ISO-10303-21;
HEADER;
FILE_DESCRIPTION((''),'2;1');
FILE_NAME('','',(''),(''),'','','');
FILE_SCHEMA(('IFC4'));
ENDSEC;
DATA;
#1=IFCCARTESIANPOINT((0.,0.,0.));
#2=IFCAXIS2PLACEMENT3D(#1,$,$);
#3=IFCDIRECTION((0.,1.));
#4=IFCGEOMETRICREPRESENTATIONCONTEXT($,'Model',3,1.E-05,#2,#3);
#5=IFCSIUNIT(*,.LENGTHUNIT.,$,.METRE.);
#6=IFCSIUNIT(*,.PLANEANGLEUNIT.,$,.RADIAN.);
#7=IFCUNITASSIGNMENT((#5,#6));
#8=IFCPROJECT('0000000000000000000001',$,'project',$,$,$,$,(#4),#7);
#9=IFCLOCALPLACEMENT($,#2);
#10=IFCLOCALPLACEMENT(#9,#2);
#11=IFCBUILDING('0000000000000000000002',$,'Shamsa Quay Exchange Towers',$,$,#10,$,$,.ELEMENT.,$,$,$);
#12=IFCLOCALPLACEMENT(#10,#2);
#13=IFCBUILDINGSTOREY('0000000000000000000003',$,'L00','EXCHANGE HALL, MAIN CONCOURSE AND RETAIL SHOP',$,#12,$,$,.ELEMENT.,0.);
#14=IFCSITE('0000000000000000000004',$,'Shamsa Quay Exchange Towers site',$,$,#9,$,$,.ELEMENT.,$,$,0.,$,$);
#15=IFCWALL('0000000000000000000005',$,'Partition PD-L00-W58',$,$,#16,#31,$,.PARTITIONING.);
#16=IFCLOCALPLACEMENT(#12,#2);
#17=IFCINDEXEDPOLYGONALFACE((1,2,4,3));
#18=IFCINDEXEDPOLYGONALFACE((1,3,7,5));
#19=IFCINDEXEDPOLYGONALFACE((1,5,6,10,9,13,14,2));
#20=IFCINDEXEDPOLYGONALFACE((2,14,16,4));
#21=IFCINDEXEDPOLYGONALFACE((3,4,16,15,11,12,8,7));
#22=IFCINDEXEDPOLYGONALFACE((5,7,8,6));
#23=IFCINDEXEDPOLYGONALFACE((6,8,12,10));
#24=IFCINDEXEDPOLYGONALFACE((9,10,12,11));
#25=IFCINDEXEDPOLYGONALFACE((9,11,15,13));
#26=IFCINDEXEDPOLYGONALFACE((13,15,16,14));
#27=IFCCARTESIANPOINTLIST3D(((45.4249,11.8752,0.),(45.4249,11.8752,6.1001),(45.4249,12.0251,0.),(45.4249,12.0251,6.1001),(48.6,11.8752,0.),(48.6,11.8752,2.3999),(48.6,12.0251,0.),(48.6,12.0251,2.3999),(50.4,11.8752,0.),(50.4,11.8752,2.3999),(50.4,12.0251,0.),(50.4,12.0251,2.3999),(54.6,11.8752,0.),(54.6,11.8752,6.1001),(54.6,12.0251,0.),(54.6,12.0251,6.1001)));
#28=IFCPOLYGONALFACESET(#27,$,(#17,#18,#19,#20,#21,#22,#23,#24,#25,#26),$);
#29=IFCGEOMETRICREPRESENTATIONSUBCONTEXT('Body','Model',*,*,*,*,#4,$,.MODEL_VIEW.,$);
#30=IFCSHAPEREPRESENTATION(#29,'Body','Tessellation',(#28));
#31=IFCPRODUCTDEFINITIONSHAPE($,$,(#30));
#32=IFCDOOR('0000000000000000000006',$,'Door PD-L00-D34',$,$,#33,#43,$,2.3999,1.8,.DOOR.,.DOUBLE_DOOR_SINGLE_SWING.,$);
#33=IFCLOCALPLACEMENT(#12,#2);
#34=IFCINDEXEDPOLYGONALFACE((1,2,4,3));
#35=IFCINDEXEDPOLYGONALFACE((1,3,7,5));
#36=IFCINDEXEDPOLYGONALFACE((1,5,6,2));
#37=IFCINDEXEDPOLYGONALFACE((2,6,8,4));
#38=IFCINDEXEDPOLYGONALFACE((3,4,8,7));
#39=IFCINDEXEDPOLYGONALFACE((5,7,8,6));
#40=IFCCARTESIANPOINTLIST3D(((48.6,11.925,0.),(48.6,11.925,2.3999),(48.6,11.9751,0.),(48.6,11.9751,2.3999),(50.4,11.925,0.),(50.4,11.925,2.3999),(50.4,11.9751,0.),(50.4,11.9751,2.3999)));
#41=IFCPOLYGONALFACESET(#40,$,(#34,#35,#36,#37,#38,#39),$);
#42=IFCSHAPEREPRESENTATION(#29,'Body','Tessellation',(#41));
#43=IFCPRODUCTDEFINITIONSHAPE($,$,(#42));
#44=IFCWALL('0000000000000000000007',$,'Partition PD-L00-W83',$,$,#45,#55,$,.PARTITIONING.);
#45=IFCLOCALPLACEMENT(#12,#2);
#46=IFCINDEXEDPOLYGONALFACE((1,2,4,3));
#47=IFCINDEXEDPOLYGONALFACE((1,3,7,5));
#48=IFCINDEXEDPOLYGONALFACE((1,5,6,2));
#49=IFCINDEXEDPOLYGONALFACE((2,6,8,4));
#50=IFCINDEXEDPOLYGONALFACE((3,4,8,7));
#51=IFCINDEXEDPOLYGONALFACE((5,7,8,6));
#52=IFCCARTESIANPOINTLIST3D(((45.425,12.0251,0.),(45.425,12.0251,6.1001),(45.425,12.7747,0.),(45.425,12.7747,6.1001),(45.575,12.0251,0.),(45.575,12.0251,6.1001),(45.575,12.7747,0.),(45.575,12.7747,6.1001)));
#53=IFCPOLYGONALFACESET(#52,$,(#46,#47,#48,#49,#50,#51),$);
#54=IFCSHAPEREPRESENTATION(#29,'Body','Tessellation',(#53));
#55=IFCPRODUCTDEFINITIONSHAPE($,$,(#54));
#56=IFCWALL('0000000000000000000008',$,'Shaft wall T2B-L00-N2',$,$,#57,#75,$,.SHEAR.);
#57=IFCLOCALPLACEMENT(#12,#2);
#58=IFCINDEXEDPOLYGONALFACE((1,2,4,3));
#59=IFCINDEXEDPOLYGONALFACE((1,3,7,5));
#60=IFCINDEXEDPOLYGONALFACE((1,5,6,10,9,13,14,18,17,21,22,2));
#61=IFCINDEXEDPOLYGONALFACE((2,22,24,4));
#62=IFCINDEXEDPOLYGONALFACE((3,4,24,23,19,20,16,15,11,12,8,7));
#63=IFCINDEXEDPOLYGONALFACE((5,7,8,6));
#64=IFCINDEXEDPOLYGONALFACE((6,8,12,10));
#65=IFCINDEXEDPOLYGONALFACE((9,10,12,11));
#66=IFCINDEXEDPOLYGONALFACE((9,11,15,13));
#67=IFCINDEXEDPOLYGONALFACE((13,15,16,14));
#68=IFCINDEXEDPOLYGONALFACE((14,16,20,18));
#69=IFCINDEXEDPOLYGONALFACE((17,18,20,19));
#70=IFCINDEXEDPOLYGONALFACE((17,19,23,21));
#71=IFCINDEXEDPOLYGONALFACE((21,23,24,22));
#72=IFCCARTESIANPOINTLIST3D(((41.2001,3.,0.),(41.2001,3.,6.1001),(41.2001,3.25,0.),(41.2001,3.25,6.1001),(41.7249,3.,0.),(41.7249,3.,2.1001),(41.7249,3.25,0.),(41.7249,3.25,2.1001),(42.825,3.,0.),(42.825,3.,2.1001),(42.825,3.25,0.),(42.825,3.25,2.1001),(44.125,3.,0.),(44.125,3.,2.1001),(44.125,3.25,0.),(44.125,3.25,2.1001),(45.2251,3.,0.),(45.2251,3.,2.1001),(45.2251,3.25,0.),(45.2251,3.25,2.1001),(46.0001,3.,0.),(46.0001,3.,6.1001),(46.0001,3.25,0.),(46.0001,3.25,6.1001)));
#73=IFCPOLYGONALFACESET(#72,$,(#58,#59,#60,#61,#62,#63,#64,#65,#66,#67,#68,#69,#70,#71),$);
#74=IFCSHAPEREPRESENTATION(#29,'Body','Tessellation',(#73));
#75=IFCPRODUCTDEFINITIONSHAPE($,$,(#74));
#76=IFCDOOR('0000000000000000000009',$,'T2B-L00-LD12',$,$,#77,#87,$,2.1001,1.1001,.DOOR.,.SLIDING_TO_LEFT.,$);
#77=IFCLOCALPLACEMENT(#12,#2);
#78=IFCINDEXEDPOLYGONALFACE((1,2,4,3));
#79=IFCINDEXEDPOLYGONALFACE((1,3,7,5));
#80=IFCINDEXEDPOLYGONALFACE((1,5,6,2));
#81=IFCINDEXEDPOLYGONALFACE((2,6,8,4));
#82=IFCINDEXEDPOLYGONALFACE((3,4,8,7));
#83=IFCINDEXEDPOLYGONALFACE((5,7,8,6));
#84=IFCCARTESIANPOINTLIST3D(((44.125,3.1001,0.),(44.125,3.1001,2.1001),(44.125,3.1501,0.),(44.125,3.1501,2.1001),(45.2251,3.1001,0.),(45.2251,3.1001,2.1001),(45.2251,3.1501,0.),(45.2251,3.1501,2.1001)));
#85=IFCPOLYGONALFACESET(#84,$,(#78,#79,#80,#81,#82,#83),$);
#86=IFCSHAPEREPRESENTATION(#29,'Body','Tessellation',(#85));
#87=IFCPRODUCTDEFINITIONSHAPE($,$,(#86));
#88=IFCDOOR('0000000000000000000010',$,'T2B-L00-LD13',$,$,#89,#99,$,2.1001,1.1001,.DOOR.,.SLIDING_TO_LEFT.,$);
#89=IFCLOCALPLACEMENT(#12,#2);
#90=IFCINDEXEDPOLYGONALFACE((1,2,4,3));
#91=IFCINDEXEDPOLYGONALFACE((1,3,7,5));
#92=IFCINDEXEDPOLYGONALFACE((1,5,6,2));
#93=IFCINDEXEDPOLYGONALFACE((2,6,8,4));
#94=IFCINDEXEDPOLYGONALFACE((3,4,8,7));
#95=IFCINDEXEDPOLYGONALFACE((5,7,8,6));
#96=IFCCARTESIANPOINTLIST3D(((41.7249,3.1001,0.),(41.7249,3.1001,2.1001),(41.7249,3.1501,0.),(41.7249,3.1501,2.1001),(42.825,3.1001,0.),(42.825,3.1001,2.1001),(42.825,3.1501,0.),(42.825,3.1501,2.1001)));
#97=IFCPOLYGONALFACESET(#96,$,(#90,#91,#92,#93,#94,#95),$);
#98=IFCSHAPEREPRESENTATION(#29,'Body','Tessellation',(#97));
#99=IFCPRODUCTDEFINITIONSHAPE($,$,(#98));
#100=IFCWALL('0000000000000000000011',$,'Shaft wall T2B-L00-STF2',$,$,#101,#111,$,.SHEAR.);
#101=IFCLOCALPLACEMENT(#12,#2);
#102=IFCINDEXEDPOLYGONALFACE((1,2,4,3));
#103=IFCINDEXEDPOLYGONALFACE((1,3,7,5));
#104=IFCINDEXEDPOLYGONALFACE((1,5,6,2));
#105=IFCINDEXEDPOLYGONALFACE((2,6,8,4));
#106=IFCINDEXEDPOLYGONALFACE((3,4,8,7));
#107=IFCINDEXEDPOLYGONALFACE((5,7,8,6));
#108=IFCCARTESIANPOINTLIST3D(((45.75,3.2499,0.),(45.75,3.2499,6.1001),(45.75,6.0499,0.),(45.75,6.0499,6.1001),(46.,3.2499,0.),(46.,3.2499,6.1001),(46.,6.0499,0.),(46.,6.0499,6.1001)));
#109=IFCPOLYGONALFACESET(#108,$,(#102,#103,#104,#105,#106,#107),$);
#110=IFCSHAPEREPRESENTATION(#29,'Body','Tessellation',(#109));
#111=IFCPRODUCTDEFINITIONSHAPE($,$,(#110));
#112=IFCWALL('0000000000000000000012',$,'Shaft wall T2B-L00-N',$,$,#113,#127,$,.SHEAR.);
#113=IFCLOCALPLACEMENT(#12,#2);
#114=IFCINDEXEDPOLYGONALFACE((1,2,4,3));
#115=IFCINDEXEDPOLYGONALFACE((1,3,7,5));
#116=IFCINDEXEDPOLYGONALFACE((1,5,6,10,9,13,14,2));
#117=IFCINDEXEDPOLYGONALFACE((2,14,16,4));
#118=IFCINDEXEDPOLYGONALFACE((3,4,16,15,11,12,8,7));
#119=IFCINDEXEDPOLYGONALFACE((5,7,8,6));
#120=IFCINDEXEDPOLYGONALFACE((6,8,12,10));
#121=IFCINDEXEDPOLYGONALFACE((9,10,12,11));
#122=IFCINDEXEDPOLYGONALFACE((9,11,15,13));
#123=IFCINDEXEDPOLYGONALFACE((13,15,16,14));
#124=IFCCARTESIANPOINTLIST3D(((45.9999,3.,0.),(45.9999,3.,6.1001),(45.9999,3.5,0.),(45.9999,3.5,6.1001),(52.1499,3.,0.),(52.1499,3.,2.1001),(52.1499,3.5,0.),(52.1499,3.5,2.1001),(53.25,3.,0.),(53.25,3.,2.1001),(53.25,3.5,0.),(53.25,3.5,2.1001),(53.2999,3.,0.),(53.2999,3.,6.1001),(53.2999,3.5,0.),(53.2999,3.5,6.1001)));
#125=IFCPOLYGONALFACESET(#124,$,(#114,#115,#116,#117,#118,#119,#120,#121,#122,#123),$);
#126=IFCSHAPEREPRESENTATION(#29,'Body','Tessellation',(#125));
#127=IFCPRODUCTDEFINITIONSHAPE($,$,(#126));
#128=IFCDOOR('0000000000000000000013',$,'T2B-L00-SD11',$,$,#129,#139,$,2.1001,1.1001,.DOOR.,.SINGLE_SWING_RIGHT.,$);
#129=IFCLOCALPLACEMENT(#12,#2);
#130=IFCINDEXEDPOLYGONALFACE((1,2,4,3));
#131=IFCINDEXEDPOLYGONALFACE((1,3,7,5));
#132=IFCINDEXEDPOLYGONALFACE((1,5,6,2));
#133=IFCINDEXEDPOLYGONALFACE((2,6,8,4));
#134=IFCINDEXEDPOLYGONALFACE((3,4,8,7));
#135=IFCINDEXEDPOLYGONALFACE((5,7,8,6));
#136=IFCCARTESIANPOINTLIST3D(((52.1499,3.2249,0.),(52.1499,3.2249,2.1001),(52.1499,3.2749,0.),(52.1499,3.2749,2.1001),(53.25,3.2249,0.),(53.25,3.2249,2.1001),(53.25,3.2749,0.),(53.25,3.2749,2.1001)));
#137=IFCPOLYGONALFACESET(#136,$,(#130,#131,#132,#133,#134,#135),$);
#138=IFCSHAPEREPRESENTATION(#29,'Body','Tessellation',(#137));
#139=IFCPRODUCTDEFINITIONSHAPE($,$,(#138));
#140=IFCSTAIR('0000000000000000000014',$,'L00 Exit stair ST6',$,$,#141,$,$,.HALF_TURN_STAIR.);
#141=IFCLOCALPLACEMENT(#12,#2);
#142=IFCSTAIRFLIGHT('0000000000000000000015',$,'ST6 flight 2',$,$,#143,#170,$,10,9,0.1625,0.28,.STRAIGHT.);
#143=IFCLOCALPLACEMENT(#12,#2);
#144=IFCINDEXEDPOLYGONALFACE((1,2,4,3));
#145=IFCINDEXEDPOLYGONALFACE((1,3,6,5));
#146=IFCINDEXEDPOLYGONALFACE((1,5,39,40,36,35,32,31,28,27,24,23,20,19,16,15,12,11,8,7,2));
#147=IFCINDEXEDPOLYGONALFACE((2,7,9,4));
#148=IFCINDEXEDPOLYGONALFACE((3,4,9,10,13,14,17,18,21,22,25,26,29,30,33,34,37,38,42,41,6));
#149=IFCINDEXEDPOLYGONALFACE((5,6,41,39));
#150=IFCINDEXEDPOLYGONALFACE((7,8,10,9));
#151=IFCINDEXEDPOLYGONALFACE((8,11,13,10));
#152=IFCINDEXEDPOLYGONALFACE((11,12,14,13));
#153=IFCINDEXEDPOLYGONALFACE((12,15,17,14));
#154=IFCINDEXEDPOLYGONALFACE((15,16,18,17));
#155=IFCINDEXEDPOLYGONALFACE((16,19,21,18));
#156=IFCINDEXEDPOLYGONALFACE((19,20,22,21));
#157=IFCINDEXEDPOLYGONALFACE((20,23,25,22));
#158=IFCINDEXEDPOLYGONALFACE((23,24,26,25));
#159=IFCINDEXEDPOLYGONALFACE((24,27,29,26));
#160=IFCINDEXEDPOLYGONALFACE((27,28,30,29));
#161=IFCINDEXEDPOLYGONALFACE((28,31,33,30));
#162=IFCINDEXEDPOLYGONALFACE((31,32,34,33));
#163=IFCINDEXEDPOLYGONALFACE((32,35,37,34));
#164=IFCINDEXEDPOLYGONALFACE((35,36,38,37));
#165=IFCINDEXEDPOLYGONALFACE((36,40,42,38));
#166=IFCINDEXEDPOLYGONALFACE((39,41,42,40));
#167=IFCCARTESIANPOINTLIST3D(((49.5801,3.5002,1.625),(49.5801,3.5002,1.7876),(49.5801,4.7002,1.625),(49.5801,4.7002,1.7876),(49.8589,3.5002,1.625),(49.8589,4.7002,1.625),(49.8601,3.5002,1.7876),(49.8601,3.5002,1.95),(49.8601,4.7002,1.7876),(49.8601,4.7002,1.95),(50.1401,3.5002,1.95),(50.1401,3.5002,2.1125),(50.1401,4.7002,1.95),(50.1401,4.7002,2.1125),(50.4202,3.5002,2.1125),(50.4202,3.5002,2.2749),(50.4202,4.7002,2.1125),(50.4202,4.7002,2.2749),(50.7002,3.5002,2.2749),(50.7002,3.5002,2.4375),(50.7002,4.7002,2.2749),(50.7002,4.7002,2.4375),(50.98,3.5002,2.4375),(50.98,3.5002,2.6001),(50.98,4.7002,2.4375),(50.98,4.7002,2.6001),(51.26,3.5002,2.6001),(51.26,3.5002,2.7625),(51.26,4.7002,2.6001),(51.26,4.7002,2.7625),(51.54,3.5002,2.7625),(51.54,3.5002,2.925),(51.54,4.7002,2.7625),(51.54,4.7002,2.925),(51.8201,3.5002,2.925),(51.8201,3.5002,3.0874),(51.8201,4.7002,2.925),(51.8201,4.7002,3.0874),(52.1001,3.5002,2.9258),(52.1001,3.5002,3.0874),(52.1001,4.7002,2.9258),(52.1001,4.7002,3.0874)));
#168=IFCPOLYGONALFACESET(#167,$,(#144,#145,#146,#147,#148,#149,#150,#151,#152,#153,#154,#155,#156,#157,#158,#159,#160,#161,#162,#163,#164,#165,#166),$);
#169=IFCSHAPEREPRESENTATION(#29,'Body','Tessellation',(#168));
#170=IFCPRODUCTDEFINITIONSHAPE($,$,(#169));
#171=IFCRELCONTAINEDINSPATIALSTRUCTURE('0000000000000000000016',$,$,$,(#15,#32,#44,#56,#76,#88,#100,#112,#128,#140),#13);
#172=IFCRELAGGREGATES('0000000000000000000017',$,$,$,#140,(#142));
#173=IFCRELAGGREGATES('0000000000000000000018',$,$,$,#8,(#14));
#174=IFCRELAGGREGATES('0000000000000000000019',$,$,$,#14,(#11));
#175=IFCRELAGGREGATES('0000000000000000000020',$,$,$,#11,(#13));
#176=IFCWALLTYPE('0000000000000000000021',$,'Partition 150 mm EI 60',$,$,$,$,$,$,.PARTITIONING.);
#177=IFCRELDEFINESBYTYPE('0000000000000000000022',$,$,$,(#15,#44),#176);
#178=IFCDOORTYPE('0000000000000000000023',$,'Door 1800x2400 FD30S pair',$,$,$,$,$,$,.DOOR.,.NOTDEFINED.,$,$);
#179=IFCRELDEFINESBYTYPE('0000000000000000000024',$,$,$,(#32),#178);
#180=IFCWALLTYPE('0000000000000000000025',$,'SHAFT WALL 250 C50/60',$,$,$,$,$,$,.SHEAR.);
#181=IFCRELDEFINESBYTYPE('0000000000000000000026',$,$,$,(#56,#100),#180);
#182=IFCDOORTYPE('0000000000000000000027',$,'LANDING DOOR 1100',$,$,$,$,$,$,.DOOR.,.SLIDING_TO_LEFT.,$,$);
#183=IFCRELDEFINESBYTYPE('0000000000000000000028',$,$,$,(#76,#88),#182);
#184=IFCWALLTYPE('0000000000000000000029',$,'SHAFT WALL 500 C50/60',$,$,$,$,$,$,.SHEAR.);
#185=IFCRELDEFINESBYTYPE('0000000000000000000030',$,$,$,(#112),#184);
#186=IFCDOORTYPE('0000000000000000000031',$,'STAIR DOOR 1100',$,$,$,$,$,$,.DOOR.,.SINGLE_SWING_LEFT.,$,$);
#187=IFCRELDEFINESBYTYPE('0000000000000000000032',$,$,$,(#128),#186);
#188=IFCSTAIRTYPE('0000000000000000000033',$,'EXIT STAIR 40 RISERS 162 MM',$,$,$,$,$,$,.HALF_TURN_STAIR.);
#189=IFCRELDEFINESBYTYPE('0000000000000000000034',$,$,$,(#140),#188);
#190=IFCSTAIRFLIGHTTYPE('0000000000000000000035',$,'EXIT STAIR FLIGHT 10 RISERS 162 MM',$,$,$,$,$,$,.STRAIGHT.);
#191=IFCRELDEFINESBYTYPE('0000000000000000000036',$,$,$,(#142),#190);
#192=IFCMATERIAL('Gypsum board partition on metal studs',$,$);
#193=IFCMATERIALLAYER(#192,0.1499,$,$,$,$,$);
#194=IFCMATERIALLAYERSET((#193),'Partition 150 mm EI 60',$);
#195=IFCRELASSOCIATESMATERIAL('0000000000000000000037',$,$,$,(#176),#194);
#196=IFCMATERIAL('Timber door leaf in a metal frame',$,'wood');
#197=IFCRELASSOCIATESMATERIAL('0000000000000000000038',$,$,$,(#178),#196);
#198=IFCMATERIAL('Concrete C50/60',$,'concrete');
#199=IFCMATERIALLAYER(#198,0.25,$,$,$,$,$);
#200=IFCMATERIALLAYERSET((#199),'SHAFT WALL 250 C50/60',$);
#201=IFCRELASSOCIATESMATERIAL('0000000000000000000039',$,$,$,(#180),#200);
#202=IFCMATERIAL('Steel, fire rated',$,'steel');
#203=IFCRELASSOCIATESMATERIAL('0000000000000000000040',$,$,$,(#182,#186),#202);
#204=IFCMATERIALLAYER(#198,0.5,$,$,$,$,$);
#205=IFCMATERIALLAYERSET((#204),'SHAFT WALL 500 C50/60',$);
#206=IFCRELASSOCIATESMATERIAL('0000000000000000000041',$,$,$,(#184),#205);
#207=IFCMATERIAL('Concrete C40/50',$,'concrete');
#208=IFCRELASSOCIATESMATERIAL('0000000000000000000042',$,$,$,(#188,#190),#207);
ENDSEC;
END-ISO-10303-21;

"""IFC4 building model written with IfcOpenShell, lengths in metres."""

from ifc_helpers import new_model, si_unit, direction, frame, frame_2d, origin, place, context, subcontext, project, spatial, polyline, rectangle, outline, extrude, material, layer, layer_set, type_object, element, fill, aggregate, save


model = new_model("IFC4")

# Units and contexts
model_context = context("Model", 3, precision=1e-05, world=origin(), true_north=direction((0.0, 1.0)))
body_context = subcontext(model_context, "Body", "Model", "MODEL_VIEW")
ifc_project = project(units=[si_unit("LENGTHUNIT", "METRE"), si_unit("PLANEANGLEUNIT", "RADIAN")], contexts=[model_context])

# Site, building, storey
site_placement = place(None, origin())
site = spatial("IfcSite", under=ifc_project, at=site_placement, Name="Shamsa Quay Exchange Towers site", CompositionType="ELEMENT", RefElevation=0.0)
building_placement = place(site_placement, origin())
building = spatial("IfcBuilding", under=site, at=building_placement, Name="Shamsa Quay Exchange Towers", CompositionType="ELEMENT")
storey_placement = place(building_placement, origin())
storey = spatial("IfcBuildingStorey", under=building, at=storey_placement, Name="L00", Description="EXCHANGE HALL, MAIN CONCOURSE AND RETAIL SHOP", CompositionType="ELEMENT", Elevation=0.0)

# Shared definitions
ifc_material_1 = material(Name="Concrete C40/50", Category="concrete")

# Wall, opening, door
ifc_material_2 = material(Name="Gypsum board partition on metal studs")
ifc_layer_1 = layer(ifc_material_2, 0.1499)
ifc_layer_set_1 = layer_set([ifc_layer_1], Name="Partition 150 mm EI 60")
wall_type_1 = type_object("IfcWallType", Name="Partition 150 mm EI 60", PredefinedType="PARTITIONING", material=ifc_layer_set_1)
wall_1_placement = place(storey_placement, frame((45.425, 11.9502, 0.0)))
wall_1 = element("IfcWall", 1, at=wall_1_placement, inside=storey, type_object=wall_type_1, Name="Partition PD-L00-W58", PredefinedType="PARTITIONING", context=body_context, shape_type="SweptSolid", body=[
    extrude(rectangle(XDim=9.175, YDim=0.1499, at=frame_2d((4.5874, 0.0))), origin(), (0.0, 0.0, 1.0), 6.1001),
])
opening_1_placement = place(wall_1_placement, frame((3.175, 0.0, 0.0)))
opening_1 = element("IfcOpeningElement", 2, at=opening_1_placement, cuts=wall_1, PredefinedType="OPENING", context=body_context, shape_type="SweptSolid", body=[
    extrude(rectangle(XDim=1.8, YDim=2.3999, at=frame_2d((0.8999, 1.2))), frame((0.0, 0.085, 0.0), z_axis=(0.0, -1.0, 0.0), x_axis=(1.0, 0.0, 0.0)), (0.0, 0.0, 1.0), 0.1699),
])
ifc_material_3 = material(Name="Timber door leaf in a metal frame", Category="wood")
door_type_1 = type_object("IfcDoorType", Name="Door 1800x2400 FD30S pair", OperationType="NOTDEFINED", PredefinedType="DOOR", material=ifc_material_3)
door_1_placement = place(opening_1_placement, origin())
door_1 = element("IfcDoor", 3, at=door_1_placement, inside=storey, type_object=door_type_1, Name="Door PD-L00-D34", OperationType="DOUBLE_DOOR_SINGLE_SWING", OverallHeight=2.3999, OverallWidth=1.8, PredefinedType="DOOR", context=body_context, shape_type="SweptSolid", body=[
    extrude(rectangle(XDim=1.8, YDim=2.3999, at=frame_2d((0.8999, 1.2))), frame((0.0, 0.0249, 0.0), z_axis=(0.0, -1.0, 0.0), x_axis=(1.0, 0.0, 0.0)), (0.0, 0.0, 1.0), 0.05),
])
fill(opening_1, door_1)

# Wall
wall_2_placement = place(storey_placement, frame((45.5, 12.7747, 0.0), z_axis=(0.0, 0.0, 1.0), x_axis=(0.0, -1.0, 0.0)))
element("IfcWall", 4, at=wall_2_placement, inside=storey, type_object=wall_type_1, Name="Partition PD-L00-W83", PredefinedType="PARTITIONING", context=body_context, shape_type="SweptSolid", body=[
    extrude(rectangle(XDim=0.7495, YDim=0.1499, at=frame_2d((0.3748, 0.0))), origin(), (0.0, 0.0, 1.0), 6.1001),
])

# Wall, openings, doors
ifc_material_4 = material(Name="Concrete C50/60", Category="concrete")
ifc_layer_2 = layer(ifc_material_4, 0.25)
ifc_layer_set_2 = layer_set([ifc_layer_2], Name="SHAFT WALL 250 C50/60")
wall_type_2 = type_object("IfcWallType", Name="SHAFT WALL 250 C50/60", PredefinedType="SHEAR", material=ifc_layer_set_2)
wall_3_placement = place(storey_placement, frame((46.0, 3.125, 0.0), z_axis=(0.0, 0.0, 1.0), x_axis=(-1.0, 0.0, 0.0)))
wall_3 = element("IfcWall", 5, at=wall_3_placement, inside=storey, type_object=wall_type_2, Name="Shaft wall T2B-L00-N2", PredefinedType="SHEAR", context=body_context, shape_type="SweptSolid", body=[
    extrude(rectangle(XDim=4.8, YDim=0.25, at=frame_2d((2.3999, 0.0))), origin(), (0.0, 0.0, 1.0), 6.1001),
])
opening_2_placement = place(wall_3_placement, frame((0.7749, 0.0, 0.0)))
opening_2 = element("IfcOpeningElement", 6, at=opening_2_placement, cuts=wall_3, PredefinedType="OPENING", context=body_context, shape_type="SweptSolid", body=[
    extrude(rectangle(XDim=1.1001, YDim=2.1001, at=frame_2d((0.55, 1.05))), frame((0.0, 0.135, 0.0), z_axis=(0.0, -1.0, 0.0), x_axis=(1.0, 0.0, 0.0)), (0.0, 0.0, 1.0), 0.27),
])
opening_3_placement = place(wall_3_placement, frame((3.175, 0.0, 0.0)))
opening_3 = element("IfcOpeningElement", 7, at=opening_3_placement, cuts=wall_3, PredefinedType="OPENING", context=body_context, shape_type="SweptSolid", body=[
    extrude(rectangle(XDim=1.1001, YDim=2.1001, at=frame_2d((0.55, 1.05))), frame((0.0, 0.135, 0.0), z_axis=(0.0, -1.0, 0.0), x_axis=(1.0, 0.0, 0.0)), (0.0, 0.0, 1.0), 0.27),
])
ifc_material_5 = material(Name="Steel, fire rated", Category="steel")
door_type_2 = type_object("IfcDoorType", Name="LANDING DOOR 1100", OperationType="SLIDING_TO_LEFT", PredefinedType="DOOR", material=ifc_material_5)
door_2_placement = place(opening_2_placement, origin())
door_2 = element("IfcDoor", 8, at=door_2_placement, inside=storey, type_object=door_type_2, Name="T2B-L00-LD12", OperationType="SLIDING_TO_LEFT", OverallHeight=2.1001, OverallWidth=1.1001, PredefinedType="DOOR", context=body_context, shape_type="SweptSolid", body=[
    extrude(rectangle(XDim=1.1001, YDim=2.1001, at=frame_2d((0.55, 1.05))), frame((0.0, 0.0249, 0.0), z_axis=(0.0, -1.0, 0.0), x_axis=(1.0, 0.0, 0.0)), (0.0, 0.0, 1.0), 0.05),
])
fill(opening_2, door_2)
door_3_placement = place(opening_3_placement, origin())
door_3 = element("IfcDoor", 9, at=door_3_placement, inside=storey, type_object=door_type_2, Name="T2B-L00-LD13", OperationType="SLIDING_TO_LEFT", OverallHeight=2.1001, OverallWidth=1.1001, PredefinedType="DOOR", context=body_context, shape_type="SweptSolid", body=[
    extrude(rectangle(XDim=1.1001, YDim=2.1001, at=frame_2d((0.55, 1.05))), frame((0.0, 0.0249, 0.0), z_axis=(0.0, -1.0, 0.0), x_axis=(1.0, 0.0, 0.0)), (0.0, 0.0, 1.0), 0.05),
])
fill(opening_3, door_3)

# Wall
wall_4_placement = place(storey_placement, frame((45.875, 3.25, 0.0), z_axis=(0.0, 0.0, 1.0), x_axis=(0.0, 1.0, 0.0)))
element("IfcWall", 10, at=wall_4_placement, inside=storey, type_object=wall_type_2, Name="Shaft wall T2B-L00-STF2", PredefinedType="SHEAR", context=body_context, shape_type="SweptSolid", body=[
    extrude(rectangle(XDim=2.8, YDim=0.25, at=frame_2d((1.3999, 0.0))), origin(), (0.0, 0.0, 1.0), 6.1001),
])

# Wall, opening, door
ifc_layer_3 = layer(ifc_material_4, 0.5)
ifc_layer_set_3 = layer_set([ifc_layer_3], Name="SHAFT WALL 500 C50/60")
wall_type_3 = type_object("IfcWallType", Name="SHAFT WALL 500 C50/60", PredefinedType="SHEAR", material=ifc_layer_set_3)
wall_5_placement = place(storey_placement, frame((46.0, 3.25, 0.0)))
wall_5 = element("IfcWall", 11, at=wall_5_placement, inside=storey, type_object=wall_type_3, Name="Shaft wall T2B-L00-N", PredefinedType="SHEAR", context=body_context, shape_type="SweptSolid", body=[
    extrude(rectangle(XDim=7.3, YDim=0.5, at=frame_2d((3.6499, 0.0))), origin(), (0.0, 0.0, 1.0), 6.1001),
])
opening_4_placement = place(wall_5_placement, frame((6.1499, 0.0, 0.0)))
opening_4 = element("IfcOpeningElement", 12, at=opening_4_placement, cuts=wall_5, PredefinedType="OPENING", context=body_context, shape_type="SweptSolid", body=[
    extrude(rectangle(XDim=1.1001, YDim=2.1001, at=frame_2d((0.55, 1.05))), frame((0.0, 0.26, 0.0), z_axis=(0.0, -1.0, 0.0), x_axis=(1.0, 0.0, 0.0)), (0.0, 0.0, 1.0), 0.52),
])
door_type_3 = type_object("IfcDoorType", Name="STAIR DOOR 1100", OperationType="SINGLE_SWING_LEFT", PredefinedType="DOOR", material=ifc_material_5)
door_4_placement = place(opening_4_placement, origin())
door_4 = element("IfcDoor", 13, at=door_4_placement, inside=storey, type_object=door_type_3, Name="T2B-L00-SD11", OperationType="SINGLE_SWING_RIGHT", OverallHeight=2.1001, OverallWidth=1.1001, PredefinedType="DOOR", context=body_context, shape_type="SweptSolid", body=[
    extrude(rectangle(XDim=1.1001, YDim=2.1001, at=frame_2d((0.55, 1.05))), frame((0.0, 0.0249, 0.0), z_axis=(0.0, -1.0, 0.0), x_axis=(1.0, 0.0, 0.0)), (0.0, 0.0, 1.0), 0.05),
])
fill(opening_4, door_4)

# Stair, stair flight
stair_type = type_object("IfcStairType", Name="EXIT STAIR 40 RISERS 162 MM", PredefinedType="HALF_TURN_STAIR", material=ifc_material_1)
stair_placement = place(storey_placement, origin())
stair = element("IfcStair", 14, at=stair_placement, inside=storey, type_object=stair_type, Name="L00 Exit stair ST6", PredefinedType="HALF_TURN_STAIR")
stair_flight_type = type_object("IfcStairFlightType", Name="EXIT STAIR FLIGHT 10 RISERS 162 MM", PredefinedType="STRAIGHT", material=ifc_material_1)
stair_flight_1_placement = place(storey_placement, frame((49.5801, 4.1001, 1.625)))
stair_flight_1 = element("IfcStairFlight", 15, at=stair_flight_1_placement, type_object=stair_flight_type, Name="ST6 flight 2", NumberOfRisers=10, NumberOfTreads=9, PredefinedType="STRAIGHT", RiserHeight=0.1625, TreadLength=0.28, context=body_context, shape_type="SweptSolid", body=[
    extrude(outline(polyline([(0.0, 0.0), (0.0, 0.1626), (0.28, 0.1626), (0.28, 0.325), (0.5601, 0.325), (0.5601, 0.4875), (0.8401, 0.4875), (0.8401, 0.6499), (1.1201, 0.6499), (1.1201, 0.8125), (1.3999, 0.8125), (1.3999, 0.9751), (1.6799, 0.9751), (1.6799, 1.1375), (1.96, 1.1375), (1.96, 1.3), (2.24, 1.3), (2.24, 1.4624), (2.52, 1.4624), (2.52, 1.625), (2.52, 1.3008), (0.2788, 0.0), (0.0, 0.0)])), frame((0.0, 0.6001, 0.0), z_axis=(0.0, -1.0, 0.0), x_axis=(1.0, 0.0, 0.0)), (0.0, 0.0, 1.0), 1.2),
])
aggregate(stair, [stair_flight_1])

save(model, "model.ifc")
